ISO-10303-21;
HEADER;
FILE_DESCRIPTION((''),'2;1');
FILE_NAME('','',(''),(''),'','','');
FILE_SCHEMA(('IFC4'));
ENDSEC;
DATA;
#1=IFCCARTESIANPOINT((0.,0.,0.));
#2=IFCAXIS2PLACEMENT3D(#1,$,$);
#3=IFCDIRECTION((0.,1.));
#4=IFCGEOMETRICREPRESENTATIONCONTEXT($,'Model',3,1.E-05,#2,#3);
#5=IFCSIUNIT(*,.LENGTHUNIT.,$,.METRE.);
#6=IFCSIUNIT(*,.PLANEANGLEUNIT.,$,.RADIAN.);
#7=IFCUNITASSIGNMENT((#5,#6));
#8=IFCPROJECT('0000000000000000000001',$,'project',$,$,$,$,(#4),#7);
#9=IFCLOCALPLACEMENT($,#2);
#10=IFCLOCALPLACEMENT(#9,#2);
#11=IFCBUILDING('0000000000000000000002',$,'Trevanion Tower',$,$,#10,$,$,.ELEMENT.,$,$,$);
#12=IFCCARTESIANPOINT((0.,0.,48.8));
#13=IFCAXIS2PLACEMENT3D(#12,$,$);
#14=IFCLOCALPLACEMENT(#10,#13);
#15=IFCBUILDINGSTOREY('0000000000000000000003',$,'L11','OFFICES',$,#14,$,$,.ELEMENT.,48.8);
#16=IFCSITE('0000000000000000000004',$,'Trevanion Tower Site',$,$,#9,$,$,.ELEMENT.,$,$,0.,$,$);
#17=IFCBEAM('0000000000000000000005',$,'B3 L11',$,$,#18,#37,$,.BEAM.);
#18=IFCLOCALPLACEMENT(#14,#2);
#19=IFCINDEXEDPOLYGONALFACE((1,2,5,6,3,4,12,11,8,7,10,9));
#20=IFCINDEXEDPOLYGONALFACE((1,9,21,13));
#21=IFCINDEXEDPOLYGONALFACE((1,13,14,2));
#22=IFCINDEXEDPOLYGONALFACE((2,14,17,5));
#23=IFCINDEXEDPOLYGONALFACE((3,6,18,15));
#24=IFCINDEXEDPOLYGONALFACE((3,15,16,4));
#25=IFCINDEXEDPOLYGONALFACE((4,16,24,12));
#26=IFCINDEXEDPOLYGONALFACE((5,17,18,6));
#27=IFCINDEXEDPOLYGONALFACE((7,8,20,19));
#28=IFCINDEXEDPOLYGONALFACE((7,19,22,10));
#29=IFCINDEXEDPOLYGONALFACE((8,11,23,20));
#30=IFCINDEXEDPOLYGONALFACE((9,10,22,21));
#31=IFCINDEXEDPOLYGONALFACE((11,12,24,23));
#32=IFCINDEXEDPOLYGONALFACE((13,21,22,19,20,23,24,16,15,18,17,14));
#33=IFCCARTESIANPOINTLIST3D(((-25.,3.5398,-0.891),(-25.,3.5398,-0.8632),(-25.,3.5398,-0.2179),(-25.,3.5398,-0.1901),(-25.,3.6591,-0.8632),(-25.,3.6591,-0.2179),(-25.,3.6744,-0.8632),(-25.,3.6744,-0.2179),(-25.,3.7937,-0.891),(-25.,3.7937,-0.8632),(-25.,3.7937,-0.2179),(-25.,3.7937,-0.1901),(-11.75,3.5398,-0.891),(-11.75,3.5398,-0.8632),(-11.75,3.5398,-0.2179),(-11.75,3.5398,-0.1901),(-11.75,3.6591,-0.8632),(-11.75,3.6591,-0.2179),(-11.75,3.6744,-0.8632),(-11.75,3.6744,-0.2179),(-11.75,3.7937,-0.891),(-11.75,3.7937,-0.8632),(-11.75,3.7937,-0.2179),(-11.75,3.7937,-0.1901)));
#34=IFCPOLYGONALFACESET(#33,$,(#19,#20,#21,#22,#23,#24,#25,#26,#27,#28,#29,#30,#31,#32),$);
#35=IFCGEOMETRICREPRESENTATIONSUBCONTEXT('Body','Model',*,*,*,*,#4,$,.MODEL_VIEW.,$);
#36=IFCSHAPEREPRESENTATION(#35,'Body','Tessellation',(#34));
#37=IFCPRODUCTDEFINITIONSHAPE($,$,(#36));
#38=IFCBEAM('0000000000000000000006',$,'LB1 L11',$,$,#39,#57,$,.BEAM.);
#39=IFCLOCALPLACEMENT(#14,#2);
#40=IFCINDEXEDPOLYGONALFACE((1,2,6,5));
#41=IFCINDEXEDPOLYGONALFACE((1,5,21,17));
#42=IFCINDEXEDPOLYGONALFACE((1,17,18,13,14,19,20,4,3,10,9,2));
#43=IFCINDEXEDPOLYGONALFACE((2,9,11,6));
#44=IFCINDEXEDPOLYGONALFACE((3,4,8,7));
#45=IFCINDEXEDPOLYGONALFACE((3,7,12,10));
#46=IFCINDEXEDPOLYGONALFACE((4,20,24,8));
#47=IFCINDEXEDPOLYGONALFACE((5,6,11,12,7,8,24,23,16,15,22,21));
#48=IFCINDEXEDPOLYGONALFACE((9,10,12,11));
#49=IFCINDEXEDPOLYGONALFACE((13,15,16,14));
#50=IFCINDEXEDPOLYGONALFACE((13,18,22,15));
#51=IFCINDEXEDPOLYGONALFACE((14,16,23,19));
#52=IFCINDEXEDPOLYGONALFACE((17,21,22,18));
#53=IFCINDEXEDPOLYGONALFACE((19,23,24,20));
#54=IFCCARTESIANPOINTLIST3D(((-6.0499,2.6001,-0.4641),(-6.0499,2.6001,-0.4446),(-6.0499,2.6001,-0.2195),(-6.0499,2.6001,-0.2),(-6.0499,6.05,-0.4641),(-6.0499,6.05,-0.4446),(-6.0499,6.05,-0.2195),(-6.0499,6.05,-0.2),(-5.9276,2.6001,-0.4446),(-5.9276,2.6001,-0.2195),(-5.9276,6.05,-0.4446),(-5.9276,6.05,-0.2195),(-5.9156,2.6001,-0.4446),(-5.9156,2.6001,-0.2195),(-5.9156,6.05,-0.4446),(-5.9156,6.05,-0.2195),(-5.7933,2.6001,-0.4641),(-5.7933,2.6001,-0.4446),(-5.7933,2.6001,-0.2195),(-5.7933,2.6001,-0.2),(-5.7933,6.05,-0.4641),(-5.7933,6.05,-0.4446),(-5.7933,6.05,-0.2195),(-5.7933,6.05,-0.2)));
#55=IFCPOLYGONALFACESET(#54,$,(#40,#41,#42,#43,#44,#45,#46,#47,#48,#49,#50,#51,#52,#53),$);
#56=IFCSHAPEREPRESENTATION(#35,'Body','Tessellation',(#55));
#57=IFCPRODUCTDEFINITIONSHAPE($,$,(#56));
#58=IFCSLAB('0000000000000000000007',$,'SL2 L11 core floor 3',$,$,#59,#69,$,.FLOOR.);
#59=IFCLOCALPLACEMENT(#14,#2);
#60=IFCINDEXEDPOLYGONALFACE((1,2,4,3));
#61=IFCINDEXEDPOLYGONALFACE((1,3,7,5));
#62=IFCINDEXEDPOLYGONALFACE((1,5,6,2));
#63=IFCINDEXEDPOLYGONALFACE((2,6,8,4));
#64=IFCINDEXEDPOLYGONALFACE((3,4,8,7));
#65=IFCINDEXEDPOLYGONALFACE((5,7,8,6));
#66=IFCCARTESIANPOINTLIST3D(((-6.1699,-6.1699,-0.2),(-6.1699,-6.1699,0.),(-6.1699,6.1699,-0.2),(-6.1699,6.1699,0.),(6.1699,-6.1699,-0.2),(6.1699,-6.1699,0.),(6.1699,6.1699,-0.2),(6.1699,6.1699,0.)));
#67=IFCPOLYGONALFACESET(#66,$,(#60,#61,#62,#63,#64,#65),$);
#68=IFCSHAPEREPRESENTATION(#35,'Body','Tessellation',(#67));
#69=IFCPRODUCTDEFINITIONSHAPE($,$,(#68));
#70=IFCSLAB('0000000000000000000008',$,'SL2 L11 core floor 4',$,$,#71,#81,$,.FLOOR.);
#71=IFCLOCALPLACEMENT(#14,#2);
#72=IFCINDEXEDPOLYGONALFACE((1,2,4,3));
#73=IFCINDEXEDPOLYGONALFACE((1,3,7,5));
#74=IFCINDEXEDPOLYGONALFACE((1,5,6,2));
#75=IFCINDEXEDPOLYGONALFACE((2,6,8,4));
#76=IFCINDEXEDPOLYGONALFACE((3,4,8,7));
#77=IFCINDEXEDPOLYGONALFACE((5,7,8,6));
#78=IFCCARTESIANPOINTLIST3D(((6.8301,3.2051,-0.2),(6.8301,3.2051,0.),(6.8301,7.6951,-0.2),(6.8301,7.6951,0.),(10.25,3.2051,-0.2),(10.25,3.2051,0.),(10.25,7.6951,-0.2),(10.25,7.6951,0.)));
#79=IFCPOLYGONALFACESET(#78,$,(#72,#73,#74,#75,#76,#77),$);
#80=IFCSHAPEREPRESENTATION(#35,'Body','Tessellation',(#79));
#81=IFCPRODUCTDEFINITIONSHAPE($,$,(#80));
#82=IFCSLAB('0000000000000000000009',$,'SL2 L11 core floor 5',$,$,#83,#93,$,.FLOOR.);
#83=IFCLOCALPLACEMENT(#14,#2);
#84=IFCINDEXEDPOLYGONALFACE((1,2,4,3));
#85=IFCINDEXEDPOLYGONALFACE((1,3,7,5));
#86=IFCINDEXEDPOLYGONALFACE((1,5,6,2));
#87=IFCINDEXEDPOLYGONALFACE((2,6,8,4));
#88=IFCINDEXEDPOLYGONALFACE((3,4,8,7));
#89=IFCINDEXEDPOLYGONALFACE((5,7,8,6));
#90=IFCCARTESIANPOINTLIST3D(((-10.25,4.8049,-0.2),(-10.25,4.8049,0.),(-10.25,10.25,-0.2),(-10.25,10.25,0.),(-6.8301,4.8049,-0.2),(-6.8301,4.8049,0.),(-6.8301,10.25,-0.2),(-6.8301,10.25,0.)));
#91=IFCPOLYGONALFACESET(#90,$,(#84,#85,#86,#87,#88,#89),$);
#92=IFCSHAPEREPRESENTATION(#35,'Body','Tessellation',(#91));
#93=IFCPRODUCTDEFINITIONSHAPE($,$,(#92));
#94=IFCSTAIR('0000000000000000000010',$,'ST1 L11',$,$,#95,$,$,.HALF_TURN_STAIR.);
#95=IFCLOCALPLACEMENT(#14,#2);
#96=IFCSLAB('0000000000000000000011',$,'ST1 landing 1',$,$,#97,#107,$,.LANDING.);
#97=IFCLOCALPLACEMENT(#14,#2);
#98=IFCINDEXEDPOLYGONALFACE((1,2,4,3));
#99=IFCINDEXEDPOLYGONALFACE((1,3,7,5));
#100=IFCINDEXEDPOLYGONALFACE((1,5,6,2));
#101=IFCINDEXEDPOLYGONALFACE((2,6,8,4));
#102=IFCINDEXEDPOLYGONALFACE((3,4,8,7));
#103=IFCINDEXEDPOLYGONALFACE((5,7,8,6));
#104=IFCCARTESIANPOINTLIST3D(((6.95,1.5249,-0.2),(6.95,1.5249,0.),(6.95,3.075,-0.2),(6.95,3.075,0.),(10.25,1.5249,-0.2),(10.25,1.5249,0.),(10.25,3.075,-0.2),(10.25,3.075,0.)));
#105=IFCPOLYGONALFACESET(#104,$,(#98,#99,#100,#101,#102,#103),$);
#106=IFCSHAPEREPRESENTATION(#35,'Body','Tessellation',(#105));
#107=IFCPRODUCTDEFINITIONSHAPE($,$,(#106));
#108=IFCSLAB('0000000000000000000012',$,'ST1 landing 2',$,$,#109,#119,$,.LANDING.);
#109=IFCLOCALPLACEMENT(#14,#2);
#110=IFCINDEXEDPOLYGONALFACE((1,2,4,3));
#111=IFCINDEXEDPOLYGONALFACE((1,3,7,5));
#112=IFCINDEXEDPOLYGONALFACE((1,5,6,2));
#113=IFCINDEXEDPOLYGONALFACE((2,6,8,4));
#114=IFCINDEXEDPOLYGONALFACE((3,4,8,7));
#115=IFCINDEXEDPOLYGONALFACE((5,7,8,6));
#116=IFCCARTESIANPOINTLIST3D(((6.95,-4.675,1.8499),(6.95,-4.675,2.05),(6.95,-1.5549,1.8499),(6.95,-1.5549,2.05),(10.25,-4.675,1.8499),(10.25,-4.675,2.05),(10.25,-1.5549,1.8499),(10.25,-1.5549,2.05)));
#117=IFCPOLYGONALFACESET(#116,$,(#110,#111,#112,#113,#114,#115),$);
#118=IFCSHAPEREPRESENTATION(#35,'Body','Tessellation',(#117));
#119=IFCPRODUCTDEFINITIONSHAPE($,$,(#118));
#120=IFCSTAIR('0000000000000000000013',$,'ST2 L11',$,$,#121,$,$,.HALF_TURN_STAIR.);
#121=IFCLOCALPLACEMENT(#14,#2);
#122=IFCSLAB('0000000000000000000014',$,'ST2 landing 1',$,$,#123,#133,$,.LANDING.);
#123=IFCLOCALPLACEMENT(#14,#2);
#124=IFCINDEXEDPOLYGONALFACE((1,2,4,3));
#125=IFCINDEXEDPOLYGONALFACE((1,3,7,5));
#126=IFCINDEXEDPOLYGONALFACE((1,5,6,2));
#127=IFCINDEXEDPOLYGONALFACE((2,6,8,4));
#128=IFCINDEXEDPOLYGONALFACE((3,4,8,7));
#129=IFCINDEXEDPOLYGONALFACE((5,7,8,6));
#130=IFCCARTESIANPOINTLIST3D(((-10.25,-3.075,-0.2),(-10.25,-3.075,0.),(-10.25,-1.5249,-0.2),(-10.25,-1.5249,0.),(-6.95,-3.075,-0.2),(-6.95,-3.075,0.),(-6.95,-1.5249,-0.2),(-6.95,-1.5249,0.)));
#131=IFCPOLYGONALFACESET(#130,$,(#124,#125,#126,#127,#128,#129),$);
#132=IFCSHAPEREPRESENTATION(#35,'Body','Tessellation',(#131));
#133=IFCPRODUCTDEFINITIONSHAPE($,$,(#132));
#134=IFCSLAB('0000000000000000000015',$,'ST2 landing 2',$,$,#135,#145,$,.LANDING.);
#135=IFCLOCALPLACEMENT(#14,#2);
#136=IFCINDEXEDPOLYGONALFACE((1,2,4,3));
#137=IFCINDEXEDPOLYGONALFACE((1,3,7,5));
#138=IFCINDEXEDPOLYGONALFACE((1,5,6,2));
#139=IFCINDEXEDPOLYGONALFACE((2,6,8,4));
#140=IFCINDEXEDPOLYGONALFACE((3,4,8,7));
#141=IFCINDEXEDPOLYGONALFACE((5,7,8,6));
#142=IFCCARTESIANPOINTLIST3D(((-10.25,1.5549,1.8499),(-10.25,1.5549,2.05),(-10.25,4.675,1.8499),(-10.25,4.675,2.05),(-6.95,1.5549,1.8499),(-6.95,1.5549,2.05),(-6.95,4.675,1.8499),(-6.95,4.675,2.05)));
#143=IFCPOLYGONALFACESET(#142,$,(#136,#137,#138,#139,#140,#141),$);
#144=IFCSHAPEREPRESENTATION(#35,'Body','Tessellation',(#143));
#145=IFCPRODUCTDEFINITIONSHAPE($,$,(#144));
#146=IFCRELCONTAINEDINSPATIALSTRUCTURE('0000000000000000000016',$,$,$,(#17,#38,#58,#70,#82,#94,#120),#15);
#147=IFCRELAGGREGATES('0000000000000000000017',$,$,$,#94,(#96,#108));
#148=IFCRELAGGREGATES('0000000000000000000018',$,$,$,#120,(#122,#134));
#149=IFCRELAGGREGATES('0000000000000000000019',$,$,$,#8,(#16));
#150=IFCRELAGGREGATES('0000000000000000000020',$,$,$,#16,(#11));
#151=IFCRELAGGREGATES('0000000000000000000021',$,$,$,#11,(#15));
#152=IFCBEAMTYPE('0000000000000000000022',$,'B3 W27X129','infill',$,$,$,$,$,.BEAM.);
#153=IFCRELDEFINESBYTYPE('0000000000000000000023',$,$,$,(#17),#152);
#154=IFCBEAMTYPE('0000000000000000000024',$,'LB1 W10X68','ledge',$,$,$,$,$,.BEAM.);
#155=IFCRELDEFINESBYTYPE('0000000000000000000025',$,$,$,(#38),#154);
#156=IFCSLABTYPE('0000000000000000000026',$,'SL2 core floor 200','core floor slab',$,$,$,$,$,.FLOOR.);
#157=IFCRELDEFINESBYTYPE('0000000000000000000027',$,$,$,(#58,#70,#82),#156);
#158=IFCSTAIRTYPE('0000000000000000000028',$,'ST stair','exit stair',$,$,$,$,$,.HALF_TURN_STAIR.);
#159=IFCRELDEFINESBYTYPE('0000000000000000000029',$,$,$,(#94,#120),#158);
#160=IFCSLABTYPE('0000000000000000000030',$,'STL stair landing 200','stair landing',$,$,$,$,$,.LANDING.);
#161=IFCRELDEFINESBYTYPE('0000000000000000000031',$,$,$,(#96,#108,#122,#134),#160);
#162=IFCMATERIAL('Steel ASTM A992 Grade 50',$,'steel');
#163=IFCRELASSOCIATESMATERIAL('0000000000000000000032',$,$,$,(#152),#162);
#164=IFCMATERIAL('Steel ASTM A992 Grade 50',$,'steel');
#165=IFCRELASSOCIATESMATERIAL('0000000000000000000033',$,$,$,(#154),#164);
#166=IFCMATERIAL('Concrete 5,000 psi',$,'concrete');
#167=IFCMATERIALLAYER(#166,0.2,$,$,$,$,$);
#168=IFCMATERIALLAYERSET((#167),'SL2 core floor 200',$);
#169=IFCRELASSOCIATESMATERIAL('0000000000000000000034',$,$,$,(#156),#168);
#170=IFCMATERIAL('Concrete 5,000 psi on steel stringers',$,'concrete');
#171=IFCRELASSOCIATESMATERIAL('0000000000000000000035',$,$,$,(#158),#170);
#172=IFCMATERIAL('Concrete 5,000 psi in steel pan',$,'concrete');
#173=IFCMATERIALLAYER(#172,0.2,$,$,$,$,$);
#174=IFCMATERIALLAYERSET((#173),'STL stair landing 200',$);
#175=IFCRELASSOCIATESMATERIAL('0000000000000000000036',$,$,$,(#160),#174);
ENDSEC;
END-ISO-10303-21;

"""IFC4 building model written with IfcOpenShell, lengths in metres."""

from ifc_helpers import new_model, si_unit, direction, frame, origin, origin_2d, place, context, subcontext, project, spatial, polyline, i_section, outline, extrude, material, layer, layer_set, material_profile, profile_set, type_object, element, aggregate, save


model = new_model("IFC4")

# Units and contexts
model_context = context("Model", 3, precision=1e-05, world=origin(), true_north=direction((0.0, 1.0)))
body_context = subcontext(model_context, "Body", "Model", "MODEL_VIEW")
ifc_project = project(units=[si_unit("LENGTHUNIT", "METRE"), si_unit("PLANEANGLEUNIT", "RADIAN")], contexts=[model_context])

# Site, building, storey
site_placement = place(None, origin())
site = spatial("IfcSite", under=ifc_project, at=site_placement, Name="Trevanion Tower Site", CompositionType="ELEMENT", RefElevation=0.0)
building_placement = place(site_placement, origin())
building = spatial("IfcBuilding", under=site, at=building_placement, Name="Trevanion Tower", CompositionType="ELEMENT")
storey_placement = place(building_placement, frame((0.0, 0.0, 48.8)))
storey = spatial("IfcBuildingStorey", under=building, at=storey_placement, Name="L11", Description="OFFICES", CompositionType="ELEMENT", Elevation=48.8)

# Beams
ifc_material_1 = material(Name="Steel ASTM A992 Grade 50", Category="steel")
ifc_material_profile_1 = material_profile(ifc_material_1, i_section(OverallWidth=0.2539, OverallDepth=0.7009, WebThickness=0.0154, FlangeThickness=0.0278, at=origin_2d()), Name="W27X129")
ifc_profile_set_1 = profile_set([ifc_material_profile_1], Name="Steel ASTM A992 Grade 50")
beam_type_1 = type_object("IfcBeamType", Name="B3 W27X129", Description="infill", PredefinedType="BEAM", material=ifc_profile_set_1)
beam_1_placement = place(storey_placement, frame((-11.75, 3.6667, -0.5405), z_axis=(-1.0, 0.0, 0.0), x_axis=(0.0, -1.0, 0.0)))
element("IfcBeam", 1, at=beam_1_placement, inside=storey, type_object=beam_type_1, Name="B3 L11", PredefinedType="BEAM", context=body_context, shape_type="SweptSolid", body=[
    extrude(i_section(OverallWidth=0.2539, OverallDepth=0.7009, WebThickness=0.0154, FlangeThickness=0.0278, at=origin_2d()), origin(), (0.0, 0.0, 1.0), 13.25),
])
ifc_material_2 = material(Name="Steel ASTM A992 Grade 50", Category="steel")
ifc_material_profile_2 = material_profile(ifc_material_2, i_section(OverallWidth=0.2566, OverallDepth=0.2642, WebThickness=0.012, FlangeThickness=0.0195, at=origin_2d()), Name="W10X68")
ifc_profile_set_2 = profile_set([ifc_material_profile_2], Name="Steel ASTM A992 Grade 50")
beam_type_2 = type_object("IfcBeamType", Name="LB1 W10X68", Description="ledge", PredefinedType="BEAM", material=ifc_profile_set_2)
beam_2_placement = place(storey_placement, frame((-5.9216, 2.6001, -0.332), z_axis=(0.0, 1.0, 0.0), x_axis=(-1.0, 0.0, 0.0)))
element("IfcBeam", 2, at=beam_2_placement, inside=storey, type_object=beam_type_2, Name="LB1 L11", PredefinedType="BEAM", context=body_context, shape_type="SweptSolid", body=[
    extrude(i_section(OverallWidth=0.2566, OverallDepth=0.2642, WebThickness=0.012, FlangeThickness=0.0195, at=origin_2d()), origin(), (0.0, 0.0, 1.0), 3.45),
])

# Slabs
ifc_material_3 = material(Name="Concrete 5,000 psi", Category="concrete")
ifc_layer_1 = layer(ifc_material_3, 0.2)
ifc_layer_set_1 = layer_set([ifc_layer_1], Name="SL2 core floor 200")
slab_type_1 = type_object("IfcSlabType", Name="SL2 core floor 200", Description="core floor slab", PredefinedType="FLOOR", material=ifc_layer_set_1)
slab_1_placement = place(storey_placement, frame((0.0, 0.0, -0.2)))
element("IfcSlab", 3, at=slab_1_placement, inside=storey, type_object=slab_type_1, Name="SL2 L11 core floor 3", PredefinedType="FLOOR", context=body_context, shape_type="SweptSolid", body=[
    extrude(outline(polyline([(6.1699, -6.1699), (-6.1699, -6.1699), (-6.1699, 6.1699), (6.1699, 6.1699), (6.1699, -6.1699)])), origin(), (0.0, 0.0, 1.0), 0.2),
])
slab_2_placement = place(storey_placement, frame((0.0, 0.0, -0.2)))
element("IfcSlab", 4, at=slab_2_placement, inside=storey, type_object=slab_type_1, Name="SL2 L11 core floor 4", PredefinedType="FLOOR", context=body_context, shape_type="SweptSolid", body=[
    extrude(outline(polyline([(6.8301, 3.2051), (6.8301, 7.6951), (10.25, 7.6951), (10.25, 3.2051), (6.8301, 3.2051)])), origin(), (0.0, 0.0, 1.0), 0.2),
])
slab_3_placement = place(storey_placement, frame((0.0, 0.0, -0.2)))
element("IfcSlab", 5, at=slab_3_placement, inside=storey, type_object=slab_type_1, Name="SL2 L11 core floor 5", PredefinedType="FLOOR", context=body_context, shape_type="SweptSolid", body=[
    extrude(outline(polyline([(-6.8301, 4.8049), (-10.25, 4.8049), (-10.25, 10.25), (-6.8301, 10.25), (-6.8301, 4.8049)])), origin(), (0.0, 0.0, 1.0), 0.2),
])

# Stairs, slabs
ifc_material_4 = material(Name="Concrete 5,000 psi on steel stringers", Category="concrete")
stair_type = type_object("IfcStairType", Name="ST stair", Description="exit stair", PredefinedType="HALF_TURN_STAIR", material=ifc_material_4)
stair_1_placement = place(storey_placement, origin())
stair_1 = element("IfcStair", 6, at=stair_1_placement, inside=storey, type_object=stair_type, Name="ST1 L11", PredefinedType="HALF_TURN_STAIR")
ifc_material_5 = material(Name="Concrete 5,000 psi in steel pan", Category="concrete")
ifc_layer_2 = layer(ifc_material_5, 0.2)
ifc_layer_set_2 = layer_set([ifc_layer_2], Name="STL stair landing 200")
slab_type_2 = type_object("IfcSlabType", Name="STL stair landing 200", Description="stair landing", PredefinedType="LANDING", material=ifc_layer_set_2)
slab_4_placement = place(storey_placement, frame((0.0, 0.0, -0.2)))
slab_4 = element("IfcSlab", 7, at=slab_4_placement, type_object=slab_type_2, Name="ST1 landing 1", PredefinedType="LANDING", context=body_context, shape_type="SweptSolid", body=[
    extrude(outline(polyline([(6.95, 1.5249), (10.25, 1.5249), (10.25, 3.075), (6.95, 3.075), (6.95, 1.5249)])), origin(), (0.0, 0.0, 1.0), 0.2),
])
slab_5_placement = place(storey_placement, frame((0.0, 0.0, 1.8499)))
slab_5 = element("IfcSlab", 8, at=slab_5_placement, type_object=slab_type_2, Name="ST1 landing 2", PredefinedType="LANDING", context=body_context, shape_type="SweptSolid", body=[
    extrude(outline(polyline([(6.95, -4.675), (10.25, -4.675), (10.25, -1.5549), (6.95, -1.5549), (6.95, -4.675)])), origin(), (0.0, 0.0, 1.0), 0.2002),
])
aggregate(stair_1, [slab_4, slab_5])
stair_2_placement = place(storey_placement, origin())
stair_2 = element("IfcStair", 9, at=stair_2_placement, inside=storey, type_object=stair_type, Name="ST2 L11", PredefinedType="HALF_TURN_STAIR")
slab_6_placement = place(storey_placement, frame((0.0, 0.0, -0.2)))
slab_6 = element("IfcSlab", 10, at=slab_6_placement, type_object=slab_type_2, Name="ST2 landing 1", PredefinedType="LANDING", context=body_context, shape_type="SweptSolid", body=[
    extrude(outline(polyline([(-6.95, -1.5249), (-10.25, -1.5249), (-10.25, -3.075), (-6.95, -3.075), (-6.95, -1.5249)])), origin(), (0.0, 0.0, 1.0), 0.2),
])
slab_7_placement = place(storey_placement, frame((0.0, 0.0, 1.8499)))
slab_7 = element("IfcSlab", 11, at=slab_7_placement, type_object=slab_type_2, Name="ST2 landing 2", PredefinedType="LANDING", context=body_context, shape_type="SweptSolid", body=[
    extrude(outline(polyline([(-6.95, 4.675), (-10.25, 4.675), (-10.25, 1.5549), (-6.95, 1.5549), (-6.95, 4.675)])), origin(), (0.0, 0.0, 1.0), 0.2002),
])

aggregate(stair_2, [slab_6, slab_7])

save(model, "model.ifc")
